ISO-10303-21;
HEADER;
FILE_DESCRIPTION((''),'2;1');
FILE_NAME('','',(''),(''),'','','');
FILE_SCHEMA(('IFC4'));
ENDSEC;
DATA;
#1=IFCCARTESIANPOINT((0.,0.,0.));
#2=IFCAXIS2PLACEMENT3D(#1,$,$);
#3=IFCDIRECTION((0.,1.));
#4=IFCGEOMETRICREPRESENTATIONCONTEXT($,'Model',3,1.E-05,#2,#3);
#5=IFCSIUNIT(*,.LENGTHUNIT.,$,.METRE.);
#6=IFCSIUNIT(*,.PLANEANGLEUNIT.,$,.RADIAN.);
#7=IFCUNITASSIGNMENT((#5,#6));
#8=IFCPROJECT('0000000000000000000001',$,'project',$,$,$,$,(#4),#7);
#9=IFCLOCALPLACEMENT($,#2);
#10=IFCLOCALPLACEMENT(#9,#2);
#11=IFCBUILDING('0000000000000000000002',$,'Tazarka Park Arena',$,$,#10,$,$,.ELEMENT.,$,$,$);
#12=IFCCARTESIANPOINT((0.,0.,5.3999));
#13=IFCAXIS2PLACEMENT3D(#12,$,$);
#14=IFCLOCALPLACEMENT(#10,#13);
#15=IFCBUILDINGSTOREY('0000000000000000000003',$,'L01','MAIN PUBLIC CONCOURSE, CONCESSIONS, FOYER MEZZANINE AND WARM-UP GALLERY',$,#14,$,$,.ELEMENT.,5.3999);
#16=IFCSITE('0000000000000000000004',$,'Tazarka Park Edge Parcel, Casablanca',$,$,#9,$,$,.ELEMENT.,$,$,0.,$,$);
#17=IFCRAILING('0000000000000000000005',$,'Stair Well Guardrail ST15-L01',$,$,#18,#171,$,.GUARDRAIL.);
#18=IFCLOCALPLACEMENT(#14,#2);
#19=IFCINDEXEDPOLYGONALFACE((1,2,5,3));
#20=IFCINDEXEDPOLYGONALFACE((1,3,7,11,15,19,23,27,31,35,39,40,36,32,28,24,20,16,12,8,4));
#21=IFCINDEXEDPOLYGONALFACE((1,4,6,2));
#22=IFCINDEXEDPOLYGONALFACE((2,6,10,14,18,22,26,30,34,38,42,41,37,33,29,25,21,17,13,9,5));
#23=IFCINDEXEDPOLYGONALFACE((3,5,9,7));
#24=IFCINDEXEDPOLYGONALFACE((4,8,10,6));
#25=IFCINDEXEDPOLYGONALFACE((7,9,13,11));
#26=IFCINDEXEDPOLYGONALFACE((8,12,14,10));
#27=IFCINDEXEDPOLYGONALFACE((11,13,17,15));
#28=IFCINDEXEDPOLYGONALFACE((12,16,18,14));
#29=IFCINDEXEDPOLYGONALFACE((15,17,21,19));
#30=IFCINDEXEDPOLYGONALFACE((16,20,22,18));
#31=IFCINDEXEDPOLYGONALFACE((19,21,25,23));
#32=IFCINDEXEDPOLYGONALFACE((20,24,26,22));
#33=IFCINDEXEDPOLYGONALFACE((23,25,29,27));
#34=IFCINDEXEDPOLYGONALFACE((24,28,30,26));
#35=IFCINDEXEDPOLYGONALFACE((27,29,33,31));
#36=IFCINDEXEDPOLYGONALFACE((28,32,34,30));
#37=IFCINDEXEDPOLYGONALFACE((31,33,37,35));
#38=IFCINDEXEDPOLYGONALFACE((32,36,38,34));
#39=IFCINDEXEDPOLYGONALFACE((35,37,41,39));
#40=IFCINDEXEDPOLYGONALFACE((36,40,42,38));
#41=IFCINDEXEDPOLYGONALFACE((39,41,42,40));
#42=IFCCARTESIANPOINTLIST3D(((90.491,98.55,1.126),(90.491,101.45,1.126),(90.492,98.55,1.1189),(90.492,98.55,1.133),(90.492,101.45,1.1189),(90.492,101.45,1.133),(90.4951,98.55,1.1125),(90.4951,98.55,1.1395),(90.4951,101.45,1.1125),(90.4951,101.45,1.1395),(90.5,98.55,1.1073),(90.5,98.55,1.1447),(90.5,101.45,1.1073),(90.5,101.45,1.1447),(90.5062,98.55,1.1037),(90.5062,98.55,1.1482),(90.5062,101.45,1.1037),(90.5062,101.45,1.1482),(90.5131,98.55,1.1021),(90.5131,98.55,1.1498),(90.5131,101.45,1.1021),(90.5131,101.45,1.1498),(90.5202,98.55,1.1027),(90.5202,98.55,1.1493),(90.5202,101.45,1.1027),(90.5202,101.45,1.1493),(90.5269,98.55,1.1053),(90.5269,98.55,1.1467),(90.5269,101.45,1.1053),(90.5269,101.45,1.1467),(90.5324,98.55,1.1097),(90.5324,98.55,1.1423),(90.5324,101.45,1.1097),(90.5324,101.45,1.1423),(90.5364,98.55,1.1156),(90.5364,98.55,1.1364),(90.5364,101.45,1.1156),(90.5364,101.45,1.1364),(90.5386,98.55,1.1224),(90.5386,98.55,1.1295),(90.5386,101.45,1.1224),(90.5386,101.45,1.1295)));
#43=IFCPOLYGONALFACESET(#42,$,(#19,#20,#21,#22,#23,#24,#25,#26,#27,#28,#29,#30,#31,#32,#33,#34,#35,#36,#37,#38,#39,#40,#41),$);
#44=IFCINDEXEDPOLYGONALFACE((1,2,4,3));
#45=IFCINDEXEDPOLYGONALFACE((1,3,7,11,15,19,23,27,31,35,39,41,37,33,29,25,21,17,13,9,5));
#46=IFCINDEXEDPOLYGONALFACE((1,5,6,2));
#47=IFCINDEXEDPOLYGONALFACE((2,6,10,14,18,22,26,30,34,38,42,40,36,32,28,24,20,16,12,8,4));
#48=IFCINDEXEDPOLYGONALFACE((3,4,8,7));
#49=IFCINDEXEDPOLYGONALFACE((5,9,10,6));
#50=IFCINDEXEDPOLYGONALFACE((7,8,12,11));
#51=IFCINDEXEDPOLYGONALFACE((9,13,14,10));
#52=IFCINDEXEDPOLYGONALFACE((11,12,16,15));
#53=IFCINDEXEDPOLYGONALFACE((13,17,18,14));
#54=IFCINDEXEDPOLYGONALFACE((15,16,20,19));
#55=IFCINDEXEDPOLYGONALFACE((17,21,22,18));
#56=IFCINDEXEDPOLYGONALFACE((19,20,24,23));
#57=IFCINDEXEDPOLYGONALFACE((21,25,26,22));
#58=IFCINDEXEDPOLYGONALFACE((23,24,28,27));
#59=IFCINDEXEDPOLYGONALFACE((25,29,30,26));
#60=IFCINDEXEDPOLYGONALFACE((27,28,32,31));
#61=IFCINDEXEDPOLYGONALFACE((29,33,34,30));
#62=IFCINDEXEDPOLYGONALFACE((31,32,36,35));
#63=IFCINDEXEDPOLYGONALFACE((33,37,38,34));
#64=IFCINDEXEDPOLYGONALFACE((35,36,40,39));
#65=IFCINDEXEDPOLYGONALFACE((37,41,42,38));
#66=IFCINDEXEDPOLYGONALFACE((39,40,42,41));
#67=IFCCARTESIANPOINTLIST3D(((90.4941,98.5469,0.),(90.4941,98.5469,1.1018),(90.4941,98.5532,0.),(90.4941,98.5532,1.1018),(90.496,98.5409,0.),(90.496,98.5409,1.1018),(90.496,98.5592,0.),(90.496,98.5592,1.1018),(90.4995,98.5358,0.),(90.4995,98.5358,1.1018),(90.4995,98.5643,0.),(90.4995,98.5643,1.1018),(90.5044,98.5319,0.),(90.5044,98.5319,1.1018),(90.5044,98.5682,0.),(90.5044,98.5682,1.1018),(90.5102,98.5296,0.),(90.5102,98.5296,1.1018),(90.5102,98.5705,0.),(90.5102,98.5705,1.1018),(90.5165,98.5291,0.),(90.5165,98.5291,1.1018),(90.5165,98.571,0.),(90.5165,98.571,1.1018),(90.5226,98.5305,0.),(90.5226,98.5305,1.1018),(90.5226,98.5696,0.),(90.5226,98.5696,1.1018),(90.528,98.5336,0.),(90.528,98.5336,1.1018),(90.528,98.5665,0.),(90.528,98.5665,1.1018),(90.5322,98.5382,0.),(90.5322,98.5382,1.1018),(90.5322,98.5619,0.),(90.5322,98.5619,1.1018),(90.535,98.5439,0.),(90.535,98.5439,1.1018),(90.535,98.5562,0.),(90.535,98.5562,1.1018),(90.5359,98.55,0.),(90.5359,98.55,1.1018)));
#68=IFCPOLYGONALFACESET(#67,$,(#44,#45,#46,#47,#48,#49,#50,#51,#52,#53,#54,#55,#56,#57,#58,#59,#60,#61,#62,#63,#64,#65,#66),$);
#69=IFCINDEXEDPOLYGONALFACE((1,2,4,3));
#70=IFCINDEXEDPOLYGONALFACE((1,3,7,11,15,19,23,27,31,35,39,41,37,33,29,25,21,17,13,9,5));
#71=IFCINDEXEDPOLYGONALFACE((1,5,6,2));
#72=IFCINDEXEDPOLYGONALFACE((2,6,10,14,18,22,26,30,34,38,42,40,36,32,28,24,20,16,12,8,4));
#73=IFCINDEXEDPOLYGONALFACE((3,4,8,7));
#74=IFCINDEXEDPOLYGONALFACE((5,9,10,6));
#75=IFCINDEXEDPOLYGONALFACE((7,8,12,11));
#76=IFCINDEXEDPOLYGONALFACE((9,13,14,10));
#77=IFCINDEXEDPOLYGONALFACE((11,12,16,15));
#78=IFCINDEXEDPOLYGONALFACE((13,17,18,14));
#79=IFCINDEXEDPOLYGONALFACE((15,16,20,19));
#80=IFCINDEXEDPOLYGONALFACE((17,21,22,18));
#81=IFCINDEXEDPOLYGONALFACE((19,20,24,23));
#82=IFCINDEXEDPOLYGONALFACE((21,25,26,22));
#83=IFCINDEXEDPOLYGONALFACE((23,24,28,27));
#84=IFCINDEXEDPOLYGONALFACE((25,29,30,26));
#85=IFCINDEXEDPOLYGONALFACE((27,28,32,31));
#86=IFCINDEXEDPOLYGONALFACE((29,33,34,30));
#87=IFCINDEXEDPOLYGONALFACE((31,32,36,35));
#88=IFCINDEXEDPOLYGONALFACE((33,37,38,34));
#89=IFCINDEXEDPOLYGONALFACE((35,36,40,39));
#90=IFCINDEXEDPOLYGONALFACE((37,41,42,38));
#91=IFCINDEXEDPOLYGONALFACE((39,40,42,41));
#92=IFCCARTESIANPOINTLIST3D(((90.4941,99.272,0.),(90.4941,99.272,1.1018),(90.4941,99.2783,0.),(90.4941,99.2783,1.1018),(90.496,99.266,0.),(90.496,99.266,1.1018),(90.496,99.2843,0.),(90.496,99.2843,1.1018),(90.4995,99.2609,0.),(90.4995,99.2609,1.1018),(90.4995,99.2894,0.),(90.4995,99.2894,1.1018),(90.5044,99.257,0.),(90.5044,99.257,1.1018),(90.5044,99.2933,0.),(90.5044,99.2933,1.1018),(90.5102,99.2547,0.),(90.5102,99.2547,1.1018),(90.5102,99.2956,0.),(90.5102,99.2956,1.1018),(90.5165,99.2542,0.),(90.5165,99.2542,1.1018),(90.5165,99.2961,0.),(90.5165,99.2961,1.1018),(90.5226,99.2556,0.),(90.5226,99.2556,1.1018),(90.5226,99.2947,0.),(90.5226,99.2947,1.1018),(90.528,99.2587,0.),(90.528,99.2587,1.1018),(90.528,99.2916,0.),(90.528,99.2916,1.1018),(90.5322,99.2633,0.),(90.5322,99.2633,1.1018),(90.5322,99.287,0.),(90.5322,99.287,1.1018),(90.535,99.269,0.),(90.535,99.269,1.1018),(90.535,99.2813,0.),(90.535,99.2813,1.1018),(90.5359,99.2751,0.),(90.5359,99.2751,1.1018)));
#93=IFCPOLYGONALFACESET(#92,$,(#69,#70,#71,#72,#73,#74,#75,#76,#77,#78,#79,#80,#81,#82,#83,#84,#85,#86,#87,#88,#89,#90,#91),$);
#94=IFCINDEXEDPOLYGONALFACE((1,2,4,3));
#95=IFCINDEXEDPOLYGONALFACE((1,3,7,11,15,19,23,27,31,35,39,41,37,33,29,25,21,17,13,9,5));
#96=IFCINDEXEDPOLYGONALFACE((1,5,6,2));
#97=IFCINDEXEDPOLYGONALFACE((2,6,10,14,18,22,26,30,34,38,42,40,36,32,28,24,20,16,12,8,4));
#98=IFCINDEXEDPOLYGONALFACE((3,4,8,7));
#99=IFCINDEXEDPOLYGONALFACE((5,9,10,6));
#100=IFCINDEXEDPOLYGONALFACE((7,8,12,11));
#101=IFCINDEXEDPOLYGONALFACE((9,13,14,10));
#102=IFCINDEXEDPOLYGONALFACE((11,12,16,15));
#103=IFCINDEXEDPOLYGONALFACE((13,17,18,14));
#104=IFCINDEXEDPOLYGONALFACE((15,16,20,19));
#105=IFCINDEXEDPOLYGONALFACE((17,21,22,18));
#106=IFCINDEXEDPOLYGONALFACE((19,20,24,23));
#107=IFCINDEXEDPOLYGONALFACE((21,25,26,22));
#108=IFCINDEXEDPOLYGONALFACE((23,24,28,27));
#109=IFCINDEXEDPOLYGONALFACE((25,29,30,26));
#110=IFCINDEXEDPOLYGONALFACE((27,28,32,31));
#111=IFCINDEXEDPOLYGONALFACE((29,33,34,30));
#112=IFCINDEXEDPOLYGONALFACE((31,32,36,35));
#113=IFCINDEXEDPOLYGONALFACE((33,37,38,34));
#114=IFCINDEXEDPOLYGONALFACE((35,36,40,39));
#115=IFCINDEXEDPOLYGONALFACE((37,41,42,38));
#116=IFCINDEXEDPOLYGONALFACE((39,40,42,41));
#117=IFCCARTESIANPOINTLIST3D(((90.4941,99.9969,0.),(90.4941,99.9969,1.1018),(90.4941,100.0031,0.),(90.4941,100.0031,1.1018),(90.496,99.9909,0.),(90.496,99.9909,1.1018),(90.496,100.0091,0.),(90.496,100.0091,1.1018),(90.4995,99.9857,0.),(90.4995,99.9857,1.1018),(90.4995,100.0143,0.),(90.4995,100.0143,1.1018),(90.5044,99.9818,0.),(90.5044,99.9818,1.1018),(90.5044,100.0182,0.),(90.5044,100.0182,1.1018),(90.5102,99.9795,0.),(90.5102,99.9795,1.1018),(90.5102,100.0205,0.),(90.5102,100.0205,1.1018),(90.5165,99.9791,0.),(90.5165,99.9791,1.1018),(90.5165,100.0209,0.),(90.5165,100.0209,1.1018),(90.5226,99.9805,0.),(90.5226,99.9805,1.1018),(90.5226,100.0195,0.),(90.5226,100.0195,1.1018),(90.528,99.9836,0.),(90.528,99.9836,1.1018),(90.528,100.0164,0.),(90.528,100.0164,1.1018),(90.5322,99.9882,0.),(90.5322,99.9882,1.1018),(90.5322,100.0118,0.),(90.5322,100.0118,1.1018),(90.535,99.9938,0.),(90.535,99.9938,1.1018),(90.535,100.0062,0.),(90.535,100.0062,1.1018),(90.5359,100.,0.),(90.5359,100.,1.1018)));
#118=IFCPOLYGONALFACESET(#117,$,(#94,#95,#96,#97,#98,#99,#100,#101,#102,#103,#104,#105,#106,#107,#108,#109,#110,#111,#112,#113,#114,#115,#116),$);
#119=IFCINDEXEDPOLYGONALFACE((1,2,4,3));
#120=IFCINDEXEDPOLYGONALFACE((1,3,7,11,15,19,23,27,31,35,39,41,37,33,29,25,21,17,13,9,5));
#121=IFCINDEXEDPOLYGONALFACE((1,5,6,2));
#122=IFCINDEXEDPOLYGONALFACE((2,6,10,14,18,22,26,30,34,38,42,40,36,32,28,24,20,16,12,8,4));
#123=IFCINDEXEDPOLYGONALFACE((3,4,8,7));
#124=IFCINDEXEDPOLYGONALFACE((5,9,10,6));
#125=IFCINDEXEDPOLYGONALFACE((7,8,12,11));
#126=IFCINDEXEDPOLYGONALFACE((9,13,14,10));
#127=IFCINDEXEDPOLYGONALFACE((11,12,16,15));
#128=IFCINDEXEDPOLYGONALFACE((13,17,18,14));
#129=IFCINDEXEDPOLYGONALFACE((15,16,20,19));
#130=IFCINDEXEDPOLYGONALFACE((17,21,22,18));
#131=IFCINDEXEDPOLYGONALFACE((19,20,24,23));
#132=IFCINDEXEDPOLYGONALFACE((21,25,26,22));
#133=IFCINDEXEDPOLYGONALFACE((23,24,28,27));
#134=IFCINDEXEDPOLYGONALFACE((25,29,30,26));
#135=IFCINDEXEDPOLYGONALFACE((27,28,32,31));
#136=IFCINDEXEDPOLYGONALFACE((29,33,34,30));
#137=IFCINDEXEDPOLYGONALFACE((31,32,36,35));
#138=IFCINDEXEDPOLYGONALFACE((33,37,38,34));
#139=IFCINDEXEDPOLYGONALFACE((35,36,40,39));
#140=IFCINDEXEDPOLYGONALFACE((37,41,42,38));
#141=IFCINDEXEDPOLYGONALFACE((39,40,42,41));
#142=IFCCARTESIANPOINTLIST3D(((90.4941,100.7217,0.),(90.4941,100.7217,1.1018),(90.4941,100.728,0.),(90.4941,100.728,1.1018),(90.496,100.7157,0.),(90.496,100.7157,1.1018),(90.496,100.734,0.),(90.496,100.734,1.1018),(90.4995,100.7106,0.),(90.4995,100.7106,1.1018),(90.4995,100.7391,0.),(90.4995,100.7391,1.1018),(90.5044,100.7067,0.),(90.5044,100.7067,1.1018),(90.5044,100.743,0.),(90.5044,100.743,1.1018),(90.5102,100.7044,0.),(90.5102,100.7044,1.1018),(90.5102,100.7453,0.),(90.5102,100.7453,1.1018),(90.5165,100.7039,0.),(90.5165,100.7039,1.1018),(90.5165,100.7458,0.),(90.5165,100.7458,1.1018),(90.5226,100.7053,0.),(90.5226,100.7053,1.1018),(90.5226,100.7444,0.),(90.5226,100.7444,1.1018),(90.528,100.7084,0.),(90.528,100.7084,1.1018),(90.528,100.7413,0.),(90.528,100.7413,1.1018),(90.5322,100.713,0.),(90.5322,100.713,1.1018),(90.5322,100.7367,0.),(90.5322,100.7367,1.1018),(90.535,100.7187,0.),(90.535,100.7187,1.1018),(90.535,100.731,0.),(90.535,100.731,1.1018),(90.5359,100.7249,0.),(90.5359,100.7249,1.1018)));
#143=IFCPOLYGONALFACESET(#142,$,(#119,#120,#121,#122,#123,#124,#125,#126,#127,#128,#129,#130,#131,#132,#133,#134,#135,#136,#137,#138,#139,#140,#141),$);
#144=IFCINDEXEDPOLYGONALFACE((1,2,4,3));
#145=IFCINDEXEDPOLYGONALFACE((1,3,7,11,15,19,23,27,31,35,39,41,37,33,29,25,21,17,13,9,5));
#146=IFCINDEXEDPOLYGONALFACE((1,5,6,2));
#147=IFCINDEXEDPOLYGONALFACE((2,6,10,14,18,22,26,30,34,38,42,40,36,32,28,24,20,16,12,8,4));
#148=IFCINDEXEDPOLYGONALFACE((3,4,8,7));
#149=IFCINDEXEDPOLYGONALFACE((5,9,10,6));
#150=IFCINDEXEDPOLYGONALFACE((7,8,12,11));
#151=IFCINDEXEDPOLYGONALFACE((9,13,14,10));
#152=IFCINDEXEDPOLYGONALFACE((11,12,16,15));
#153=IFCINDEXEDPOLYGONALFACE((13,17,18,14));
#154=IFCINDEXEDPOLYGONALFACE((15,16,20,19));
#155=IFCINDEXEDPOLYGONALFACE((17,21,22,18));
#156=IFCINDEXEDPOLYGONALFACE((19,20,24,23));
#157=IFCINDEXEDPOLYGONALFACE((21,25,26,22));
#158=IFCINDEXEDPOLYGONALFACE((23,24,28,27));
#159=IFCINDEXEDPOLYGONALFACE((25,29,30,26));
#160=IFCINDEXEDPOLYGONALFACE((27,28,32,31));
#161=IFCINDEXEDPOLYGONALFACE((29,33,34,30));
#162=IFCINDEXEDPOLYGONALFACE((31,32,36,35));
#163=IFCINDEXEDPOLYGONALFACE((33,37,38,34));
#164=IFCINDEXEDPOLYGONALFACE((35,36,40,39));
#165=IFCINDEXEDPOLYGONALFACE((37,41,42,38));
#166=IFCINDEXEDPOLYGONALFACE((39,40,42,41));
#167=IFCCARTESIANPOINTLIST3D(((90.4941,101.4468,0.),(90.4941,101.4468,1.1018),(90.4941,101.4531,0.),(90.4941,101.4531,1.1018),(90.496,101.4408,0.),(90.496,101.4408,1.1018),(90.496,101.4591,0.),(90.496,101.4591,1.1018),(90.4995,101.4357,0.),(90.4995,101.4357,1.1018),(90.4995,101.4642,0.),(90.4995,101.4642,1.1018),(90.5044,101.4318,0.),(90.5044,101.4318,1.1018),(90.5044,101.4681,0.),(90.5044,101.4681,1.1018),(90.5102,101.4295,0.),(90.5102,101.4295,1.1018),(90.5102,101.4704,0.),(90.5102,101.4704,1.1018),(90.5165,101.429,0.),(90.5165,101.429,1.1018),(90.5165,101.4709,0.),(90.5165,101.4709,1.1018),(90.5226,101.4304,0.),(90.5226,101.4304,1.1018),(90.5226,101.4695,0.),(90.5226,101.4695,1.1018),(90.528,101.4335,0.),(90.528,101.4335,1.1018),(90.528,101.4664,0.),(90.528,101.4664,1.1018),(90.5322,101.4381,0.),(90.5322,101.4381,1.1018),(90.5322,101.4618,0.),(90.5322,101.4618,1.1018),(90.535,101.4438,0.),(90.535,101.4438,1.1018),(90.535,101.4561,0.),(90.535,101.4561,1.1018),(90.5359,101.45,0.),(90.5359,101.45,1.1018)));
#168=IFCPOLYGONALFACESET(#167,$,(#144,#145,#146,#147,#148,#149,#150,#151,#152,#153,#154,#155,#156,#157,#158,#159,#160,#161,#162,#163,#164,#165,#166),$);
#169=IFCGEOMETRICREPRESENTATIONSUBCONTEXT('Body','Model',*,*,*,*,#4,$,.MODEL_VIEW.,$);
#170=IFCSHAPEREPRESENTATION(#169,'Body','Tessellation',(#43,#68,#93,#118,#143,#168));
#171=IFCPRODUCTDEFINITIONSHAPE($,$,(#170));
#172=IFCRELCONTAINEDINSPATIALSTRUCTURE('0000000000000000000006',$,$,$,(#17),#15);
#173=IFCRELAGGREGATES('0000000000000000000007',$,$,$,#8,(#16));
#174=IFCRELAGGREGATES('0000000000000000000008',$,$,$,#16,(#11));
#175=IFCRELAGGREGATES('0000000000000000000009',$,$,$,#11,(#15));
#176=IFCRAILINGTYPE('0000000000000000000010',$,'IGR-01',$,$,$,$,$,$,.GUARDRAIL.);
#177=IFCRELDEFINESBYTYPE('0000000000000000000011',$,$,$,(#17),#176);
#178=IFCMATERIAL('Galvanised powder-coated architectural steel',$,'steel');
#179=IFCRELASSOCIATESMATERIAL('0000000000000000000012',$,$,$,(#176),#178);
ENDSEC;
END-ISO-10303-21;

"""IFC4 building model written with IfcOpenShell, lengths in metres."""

from ifc_helpers import new_model, si_unit, direction, frame, origin, origin_2d, place, context, subcontext, project, spatial, circle, extrude, material, type_object, element, save


model = new_model("IFC4")

# Units and contexts
model_context = context("Model", 3, precision=1e-05, world=origin(), true_north=direction((0.0, 1.0)))
body_context = subcontext(model_context, "Body", "Model", "MODEL_VIEW")
ifc_project = project(units=[si_unit("LENGTHUNIT", "METRE"), si_unit("PLANEANGLEUNIT", "RADIAN")], contexts=[model_context])

# Site, building, storey
site_placement = place(None, origin())
site = spatial("IfcSite", under=ifc_project, at=site_placement, Name="Tazarka Park Edge Parcel, Casablanca", CompositionType="ELEMENT", RefElevation=0.0)
building_placement = place(site_placement, origin())
building = spatial("IfcBuilding", under=site, at=building_placement, Name="Tazarka Park Arena", CompositionType="ELEMENT")
storey_placement = place(building_placement, frame((0.0, 0.0, 5.3999)))
storey = spatial("IfcBuildingStorey", under=building, at=storey_placement, Name="L01", Description="MAIN PUBLIC CONCOURSE, CONCESSIONS, FOYER MEZZANINE AND WARM-UP GALLERY", CompositionType="ELEMENT", Elevation=5.3999)

# Railing
ifc_material_1 = material(Name="Galvanised powder-coated architectural steel", Category="steel")
railing_type_1 = type_object("IfcRailingType", Name="IGR-01", PredefinedType="GUARDRAIL", material=ifc_material_1)
railing_1_placement = place(storey_placement, frame((90.5149, 98.55, 0.0)))
element("IfcRailing", 1, at=railing_1_placement, inside=storey, type_object=railing_type_1, Name="Stair Well Guardrail ST15-L01", PredefinedType="GUARDRAIL", context=body_context, shape_type="SweptSolid", body=[
    extrude(circle(Radius=0.0239, at=origin_2d()), frame((0.0, 0.0, 1.126), z_axis=(0.0, 1.0, 0.0), x_axis=(-1.0, 0.0, 0.0)), (0.0, 0.0, 1.0), 2.8999),
    extrude(circle(Radius=0.021, at=origin_2d()), origin(), (0.0, 0.0, 1.0), 1.1018),
    extrude(circle(Radius=0.021, at=origin_2d()), frame((0.0, 0.7251, 0.0)), (0.0, 0.0, 1.0), 1.1018),
    extrude(circle(Radius=0.021, at=origin_2d()), frame((0.0, 1.45, 0.0)), (0.0, 0.0, 1.0), 1.1018),
    extrude(circle(Radius=0.021, at=origin_2d()), frame((0.0, 2.1748, 0.0)), (0.0, 0.0, 1.0), 1.1018),
    extrude(circle(Radius=0.021, at=origin_2d()), frame((0.0, 2.8999, 0.0)), (0.0, 0.0, 1.0), 1.1018),
])

save(model, "model.ifc")
